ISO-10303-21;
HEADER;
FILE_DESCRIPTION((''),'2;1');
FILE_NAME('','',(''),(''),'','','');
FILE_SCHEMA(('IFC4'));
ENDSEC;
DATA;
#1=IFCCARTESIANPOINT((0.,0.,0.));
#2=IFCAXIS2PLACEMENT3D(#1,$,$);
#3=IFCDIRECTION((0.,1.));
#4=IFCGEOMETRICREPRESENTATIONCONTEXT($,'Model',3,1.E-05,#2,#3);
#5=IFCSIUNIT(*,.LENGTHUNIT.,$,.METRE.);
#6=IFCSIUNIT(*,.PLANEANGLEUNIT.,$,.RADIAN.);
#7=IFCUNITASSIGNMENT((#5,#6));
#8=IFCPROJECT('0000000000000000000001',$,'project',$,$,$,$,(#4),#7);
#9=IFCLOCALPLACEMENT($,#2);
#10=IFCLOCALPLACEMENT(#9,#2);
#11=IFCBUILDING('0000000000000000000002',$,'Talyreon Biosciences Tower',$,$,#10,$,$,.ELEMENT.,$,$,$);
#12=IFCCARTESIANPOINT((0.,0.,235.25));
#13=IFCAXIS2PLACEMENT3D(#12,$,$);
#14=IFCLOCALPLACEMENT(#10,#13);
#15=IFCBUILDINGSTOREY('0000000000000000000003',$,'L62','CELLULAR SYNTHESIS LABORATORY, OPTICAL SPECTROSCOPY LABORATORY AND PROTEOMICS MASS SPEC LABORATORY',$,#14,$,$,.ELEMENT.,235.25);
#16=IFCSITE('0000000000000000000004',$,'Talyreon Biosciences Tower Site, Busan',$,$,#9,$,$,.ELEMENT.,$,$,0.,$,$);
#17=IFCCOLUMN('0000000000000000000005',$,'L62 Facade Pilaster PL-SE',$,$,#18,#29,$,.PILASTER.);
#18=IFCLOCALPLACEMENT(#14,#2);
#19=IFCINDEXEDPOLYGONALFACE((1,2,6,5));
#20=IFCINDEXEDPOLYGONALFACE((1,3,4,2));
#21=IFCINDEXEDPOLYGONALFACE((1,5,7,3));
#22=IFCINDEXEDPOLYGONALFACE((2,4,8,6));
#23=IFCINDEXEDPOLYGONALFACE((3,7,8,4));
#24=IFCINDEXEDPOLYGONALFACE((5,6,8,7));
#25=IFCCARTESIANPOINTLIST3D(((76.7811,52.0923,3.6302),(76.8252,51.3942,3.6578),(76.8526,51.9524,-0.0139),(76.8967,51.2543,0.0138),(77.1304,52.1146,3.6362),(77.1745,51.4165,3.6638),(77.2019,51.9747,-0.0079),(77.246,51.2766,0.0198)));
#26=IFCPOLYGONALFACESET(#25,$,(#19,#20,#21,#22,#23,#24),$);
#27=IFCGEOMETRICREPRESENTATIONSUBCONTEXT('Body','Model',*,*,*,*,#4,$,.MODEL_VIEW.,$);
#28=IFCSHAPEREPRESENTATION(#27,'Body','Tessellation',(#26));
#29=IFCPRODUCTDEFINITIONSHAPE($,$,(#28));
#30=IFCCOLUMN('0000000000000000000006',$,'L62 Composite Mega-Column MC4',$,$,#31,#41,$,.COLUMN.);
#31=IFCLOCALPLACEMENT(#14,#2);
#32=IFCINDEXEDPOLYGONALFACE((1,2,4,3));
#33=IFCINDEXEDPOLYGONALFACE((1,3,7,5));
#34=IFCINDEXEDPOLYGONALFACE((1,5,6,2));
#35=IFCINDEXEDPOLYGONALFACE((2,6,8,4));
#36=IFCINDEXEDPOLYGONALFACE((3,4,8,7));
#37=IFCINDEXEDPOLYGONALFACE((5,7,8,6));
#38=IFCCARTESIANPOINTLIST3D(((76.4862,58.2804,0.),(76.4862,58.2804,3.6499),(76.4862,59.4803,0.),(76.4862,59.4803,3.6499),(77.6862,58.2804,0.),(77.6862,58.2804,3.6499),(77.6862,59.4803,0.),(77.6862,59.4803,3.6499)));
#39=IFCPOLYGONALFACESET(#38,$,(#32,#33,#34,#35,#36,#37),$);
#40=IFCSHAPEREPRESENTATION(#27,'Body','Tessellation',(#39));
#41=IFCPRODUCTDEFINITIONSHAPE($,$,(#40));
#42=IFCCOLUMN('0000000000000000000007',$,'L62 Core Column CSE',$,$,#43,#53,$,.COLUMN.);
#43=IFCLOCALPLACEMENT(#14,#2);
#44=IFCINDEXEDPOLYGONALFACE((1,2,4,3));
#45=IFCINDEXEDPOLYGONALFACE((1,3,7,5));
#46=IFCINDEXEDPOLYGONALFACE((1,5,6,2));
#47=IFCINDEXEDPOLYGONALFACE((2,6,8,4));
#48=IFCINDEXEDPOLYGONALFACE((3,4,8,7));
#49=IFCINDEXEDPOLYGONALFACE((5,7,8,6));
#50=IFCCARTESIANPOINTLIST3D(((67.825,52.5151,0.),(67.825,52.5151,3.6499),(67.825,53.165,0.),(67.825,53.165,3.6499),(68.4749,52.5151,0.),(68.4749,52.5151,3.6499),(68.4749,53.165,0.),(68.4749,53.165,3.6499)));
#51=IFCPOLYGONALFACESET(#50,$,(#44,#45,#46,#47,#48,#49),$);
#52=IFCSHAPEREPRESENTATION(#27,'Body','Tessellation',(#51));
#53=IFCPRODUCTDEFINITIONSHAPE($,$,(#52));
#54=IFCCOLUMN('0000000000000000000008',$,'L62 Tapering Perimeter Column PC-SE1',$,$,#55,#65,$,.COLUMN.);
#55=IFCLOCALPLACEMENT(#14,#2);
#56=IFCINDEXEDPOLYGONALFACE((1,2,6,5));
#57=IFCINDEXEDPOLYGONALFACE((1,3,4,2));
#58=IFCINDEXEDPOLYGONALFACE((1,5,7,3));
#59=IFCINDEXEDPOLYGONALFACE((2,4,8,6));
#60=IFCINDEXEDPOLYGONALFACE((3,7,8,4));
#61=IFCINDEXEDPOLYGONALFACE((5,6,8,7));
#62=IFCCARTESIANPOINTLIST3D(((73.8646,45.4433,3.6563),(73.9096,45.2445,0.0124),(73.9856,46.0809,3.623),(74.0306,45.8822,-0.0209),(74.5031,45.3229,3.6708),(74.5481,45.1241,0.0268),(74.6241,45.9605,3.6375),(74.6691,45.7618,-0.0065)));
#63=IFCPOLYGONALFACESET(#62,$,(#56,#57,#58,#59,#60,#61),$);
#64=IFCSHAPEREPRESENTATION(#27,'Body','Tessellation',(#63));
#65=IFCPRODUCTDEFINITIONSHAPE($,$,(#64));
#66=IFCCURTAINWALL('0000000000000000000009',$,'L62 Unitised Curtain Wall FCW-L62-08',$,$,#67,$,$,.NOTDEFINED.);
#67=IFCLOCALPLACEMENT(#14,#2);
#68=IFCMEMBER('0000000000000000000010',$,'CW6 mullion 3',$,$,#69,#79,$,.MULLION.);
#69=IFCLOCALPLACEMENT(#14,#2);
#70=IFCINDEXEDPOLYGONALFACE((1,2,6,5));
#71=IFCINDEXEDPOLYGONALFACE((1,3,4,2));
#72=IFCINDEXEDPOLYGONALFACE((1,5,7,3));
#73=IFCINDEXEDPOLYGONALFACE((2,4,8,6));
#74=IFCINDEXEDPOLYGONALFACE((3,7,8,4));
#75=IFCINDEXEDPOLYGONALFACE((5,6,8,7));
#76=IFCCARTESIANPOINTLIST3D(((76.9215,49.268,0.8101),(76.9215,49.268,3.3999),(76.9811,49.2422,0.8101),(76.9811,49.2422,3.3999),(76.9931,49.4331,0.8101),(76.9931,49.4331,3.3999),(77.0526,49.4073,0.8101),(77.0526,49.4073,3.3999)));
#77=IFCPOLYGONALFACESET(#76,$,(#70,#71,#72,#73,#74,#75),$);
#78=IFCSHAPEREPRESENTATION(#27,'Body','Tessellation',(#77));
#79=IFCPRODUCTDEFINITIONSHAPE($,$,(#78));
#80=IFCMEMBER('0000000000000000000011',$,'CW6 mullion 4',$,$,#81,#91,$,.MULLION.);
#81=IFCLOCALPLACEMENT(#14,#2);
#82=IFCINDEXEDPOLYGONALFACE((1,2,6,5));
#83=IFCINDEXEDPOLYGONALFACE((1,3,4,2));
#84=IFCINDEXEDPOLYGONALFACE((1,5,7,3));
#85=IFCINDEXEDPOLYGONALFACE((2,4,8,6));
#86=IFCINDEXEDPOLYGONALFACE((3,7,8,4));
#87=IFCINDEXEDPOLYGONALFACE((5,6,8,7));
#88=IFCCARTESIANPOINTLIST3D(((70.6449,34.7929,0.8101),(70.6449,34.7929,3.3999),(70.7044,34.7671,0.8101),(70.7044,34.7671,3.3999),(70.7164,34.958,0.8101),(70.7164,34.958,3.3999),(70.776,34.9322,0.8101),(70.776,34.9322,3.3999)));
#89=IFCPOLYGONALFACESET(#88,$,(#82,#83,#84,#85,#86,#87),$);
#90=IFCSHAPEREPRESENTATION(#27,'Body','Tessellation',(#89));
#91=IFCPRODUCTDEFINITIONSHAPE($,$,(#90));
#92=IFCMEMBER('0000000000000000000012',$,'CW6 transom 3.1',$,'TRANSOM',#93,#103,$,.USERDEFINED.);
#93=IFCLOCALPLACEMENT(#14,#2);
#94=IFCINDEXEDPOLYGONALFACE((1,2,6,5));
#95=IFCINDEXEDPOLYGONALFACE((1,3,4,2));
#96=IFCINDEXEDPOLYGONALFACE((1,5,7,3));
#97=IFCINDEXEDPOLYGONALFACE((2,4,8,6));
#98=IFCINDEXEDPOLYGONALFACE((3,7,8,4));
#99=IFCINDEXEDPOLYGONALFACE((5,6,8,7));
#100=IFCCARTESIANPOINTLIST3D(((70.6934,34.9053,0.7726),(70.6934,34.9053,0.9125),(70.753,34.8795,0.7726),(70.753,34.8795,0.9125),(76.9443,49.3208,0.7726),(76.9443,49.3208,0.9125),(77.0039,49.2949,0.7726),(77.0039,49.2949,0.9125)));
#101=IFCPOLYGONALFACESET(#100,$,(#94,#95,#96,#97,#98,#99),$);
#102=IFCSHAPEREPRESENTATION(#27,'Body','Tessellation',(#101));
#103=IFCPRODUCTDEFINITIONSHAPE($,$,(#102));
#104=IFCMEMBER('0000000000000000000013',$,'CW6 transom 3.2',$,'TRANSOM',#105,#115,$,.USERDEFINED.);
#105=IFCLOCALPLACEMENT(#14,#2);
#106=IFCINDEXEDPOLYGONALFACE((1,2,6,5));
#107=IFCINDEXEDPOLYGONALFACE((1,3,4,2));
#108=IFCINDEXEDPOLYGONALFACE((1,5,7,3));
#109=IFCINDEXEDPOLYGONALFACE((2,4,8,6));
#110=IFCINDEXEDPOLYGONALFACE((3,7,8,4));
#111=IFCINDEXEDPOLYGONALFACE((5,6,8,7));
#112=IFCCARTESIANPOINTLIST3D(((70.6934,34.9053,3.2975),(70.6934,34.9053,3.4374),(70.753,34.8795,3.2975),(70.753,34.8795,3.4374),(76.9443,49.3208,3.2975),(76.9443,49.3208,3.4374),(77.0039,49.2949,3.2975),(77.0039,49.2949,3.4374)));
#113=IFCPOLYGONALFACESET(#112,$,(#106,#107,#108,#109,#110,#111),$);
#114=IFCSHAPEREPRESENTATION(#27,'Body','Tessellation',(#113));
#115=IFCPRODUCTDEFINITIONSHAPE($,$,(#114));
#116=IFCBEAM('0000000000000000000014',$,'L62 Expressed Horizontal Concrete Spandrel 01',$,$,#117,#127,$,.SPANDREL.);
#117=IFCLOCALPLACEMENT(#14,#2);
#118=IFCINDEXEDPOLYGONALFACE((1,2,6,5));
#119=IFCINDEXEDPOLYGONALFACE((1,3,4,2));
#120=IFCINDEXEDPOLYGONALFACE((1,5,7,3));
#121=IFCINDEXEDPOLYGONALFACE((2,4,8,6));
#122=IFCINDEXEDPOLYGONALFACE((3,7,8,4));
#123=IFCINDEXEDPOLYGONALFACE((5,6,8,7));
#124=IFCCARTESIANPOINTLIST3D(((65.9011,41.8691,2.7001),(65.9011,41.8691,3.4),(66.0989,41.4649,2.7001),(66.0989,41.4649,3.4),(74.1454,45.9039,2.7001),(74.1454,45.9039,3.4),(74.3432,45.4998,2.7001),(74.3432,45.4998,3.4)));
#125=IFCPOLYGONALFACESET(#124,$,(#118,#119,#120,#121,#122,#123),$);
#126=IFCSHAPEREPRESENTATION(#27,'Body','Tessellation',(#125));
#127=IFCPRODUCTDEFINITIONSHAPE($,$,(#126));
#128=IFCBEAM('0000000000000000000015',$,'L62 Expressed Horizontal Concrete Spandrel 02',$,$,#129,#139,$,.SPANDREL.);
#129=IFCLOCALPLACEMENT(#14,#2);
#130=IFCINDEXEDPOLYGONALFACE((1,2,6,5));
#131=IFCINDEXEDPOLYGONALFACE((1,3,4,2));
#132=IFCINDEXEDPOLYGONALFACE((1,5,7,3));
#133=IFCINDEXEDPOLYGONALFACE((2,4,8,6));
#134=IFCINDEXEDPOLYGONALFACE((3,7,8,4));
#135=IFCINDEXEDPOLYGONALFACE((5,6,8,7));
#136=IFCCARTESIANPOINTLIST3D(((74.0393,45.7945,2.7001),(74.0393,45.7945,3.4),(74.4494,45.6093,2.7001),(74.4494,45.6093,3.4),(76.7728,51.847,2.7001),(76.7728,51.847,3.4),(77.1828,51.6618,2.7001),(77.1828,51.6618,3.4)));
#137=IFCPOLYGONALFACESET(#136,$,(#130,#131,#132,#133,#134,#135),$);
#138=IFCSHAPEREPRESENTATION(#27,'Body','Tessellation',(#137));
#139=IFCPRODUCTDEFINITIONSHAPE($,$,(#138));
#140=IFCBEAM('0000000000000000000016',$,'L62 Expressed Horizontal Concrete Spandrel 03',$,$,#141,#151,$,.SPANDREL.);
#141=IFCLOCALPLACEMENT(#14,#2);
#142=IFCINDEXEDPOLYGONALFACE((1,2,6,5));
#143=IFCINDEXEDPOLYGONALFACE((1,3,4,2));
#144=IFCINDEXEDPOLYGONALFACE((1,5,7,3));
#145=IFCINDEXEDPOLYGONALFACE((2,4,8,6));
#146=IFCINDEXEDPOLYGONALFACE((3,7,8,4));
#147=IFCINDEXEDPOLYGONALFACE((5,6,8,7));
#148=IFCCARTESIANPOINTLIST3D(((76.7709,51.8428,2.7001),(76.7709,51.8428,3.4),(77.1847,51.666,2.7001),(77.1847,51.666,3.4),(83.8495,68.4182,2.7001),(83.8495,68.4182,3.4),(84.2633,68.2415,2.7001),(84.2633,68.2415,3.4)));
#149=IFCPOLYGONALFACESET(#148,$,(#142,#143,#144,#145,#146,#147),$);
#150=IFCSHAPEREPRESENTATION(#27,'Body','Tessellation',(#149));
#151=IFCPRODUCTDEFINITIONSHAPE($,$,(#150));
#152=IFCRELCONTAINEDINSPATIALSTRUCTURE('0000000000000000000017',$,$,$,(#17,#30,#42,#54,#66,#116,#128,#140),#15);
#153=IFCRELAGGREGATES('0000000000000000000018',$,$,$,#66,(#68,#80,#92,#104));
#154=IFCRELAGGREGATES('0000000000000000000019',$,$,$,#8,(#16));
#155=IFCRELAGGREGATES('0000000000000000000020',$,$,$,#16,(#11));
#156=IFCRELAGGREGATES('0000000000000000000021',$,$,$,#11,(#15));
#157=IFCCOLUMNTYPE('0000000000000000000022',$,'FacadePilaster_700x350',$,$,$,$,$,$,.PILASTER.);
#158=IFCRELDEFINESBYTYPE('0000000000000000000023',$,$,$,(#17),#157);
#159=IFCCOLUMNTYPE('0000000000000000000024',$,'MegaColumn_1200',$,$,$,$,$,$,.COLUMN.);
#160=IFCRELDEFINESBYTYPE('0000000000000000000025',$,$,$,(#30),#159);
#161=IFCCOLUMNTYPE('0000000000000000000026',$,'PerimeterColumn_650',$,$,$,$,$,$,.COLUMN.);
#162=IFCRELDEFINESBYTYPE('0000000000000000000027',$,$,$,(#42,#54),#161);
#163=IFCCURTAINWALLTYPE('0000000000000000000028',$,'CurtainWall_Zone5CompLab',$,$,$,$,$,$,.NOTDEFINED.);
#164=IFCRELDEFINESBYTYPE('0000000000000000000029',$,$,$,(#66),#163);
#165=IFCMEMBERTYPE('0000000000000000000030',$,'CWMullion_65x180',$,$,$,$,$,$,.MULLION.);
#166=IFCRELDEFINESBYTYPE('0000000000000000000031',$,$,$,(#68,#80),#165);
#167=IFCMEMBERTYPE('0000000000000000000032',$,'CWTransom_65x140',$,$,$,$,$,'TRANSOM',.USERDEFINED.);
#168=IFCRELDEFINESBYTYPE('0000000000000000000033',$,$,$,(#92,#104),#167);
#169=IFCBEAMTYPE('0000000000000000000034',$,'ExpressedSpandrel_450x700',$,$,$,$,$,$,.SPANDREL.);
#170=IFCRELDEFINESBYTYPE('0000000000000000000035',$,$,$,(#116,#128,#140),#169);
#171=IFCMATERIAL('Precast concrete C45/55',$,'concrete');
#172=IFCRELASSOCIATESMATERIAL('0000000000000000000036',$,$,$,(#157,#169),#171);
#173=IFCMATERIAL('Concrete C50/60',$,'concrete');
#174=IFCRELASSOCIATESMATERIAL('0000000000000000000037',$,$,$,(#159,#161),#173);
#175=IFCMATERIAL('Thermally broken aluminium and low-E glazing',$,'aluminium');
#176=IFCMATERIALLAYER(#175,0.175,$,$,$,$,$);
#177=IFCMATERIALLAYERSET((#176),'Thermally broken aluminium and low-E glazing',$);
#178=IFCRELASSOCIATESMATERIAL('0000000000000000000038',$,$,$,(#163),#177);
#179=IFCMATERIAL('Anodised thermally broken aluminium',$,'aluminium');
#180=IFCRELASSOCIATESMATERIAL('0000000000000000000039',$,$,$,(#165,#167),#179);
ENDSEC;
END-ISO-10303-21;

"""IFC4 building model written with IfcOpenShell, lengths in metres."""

from ifc_helpers import new_model, si_unit, direction, frame, origin, origin_2d, place, context, subcontext, project, spatial, rectangle, extrude, material, layer, layer_set, material_profile, profile_set, type_object, element, aggregate, save


model = new_model("IFC4")

# Units and contexts
model_context = context("Model", 3, precision=1e-05, world=origin(), true_north=direction((0.0, 1.0)))
body_context = subcontext(model_context, "Body", "Model", "MODEL_VIEW")
ifc_project = project(units=[si_unit("LENGTHUNIT", "METRE"), si_unit("PLANEANGLEUNIT", "RADIAN")], contexts=[model_context])

# Site, building, storey
site_placement = place(None, origin())
site = spatial("IfcSite", under=ifc_project, at=site_placement, Name="Talyreon Biosciences Tower Site, Busan", CompositionType="ELEMENT", RefElevation=0.0)
building_placement = place(site_placement, origin())
building = spatial("IfcBuilding", under=site, at=building_placement, Name="Talyreon Biosciences Tower", CompositionType="ELEMENT")
storey_placement = place(building_placement, frame((0.0, 0.0, 235.25)))
storey = spatial("IfcBuildingStorey", under=building, at=storey_placement, Name="L62", Description="CELLULAR SYNTHESIS LABORATORY, OPTICAL SPECTROSCOPY LABORATORY AND PROTEOMICS MASS SPEC LABORATORY", CompositionType="ELEMENT", Elevation=235.25)

# Columns
ifc_material_1 = material(Name="Precast concrete C45/55", Category="concrete")
ifc_material_profile_1 = material_profile(ifc_material_1, rectangle(XDim=0.7, YDim=0.3501, at=origin_2d()), Name="RC 700x350")
ifc_profile_set_1 = profile_set([ifc_material_profile_1], Name="Precast concrete C45/55")
column_type_1 = type_object("IfcColumnType", Name="FacadePilaster_700x350", PredefinedType="PILASTER", material=ifc_profile_set_1)
column_1_placement = place(storey_placement, frame((77.0493, 51.6145, 0.0029), z_axis=(-0.019612, 0.038354, 0.999072), x_axis=(0.062989, -0.997231, 0.03952)))
element("IfcColumn", 1, at=column_1_placement, inside=storey, type_object=column_type_1, Name="L62 Facade Pilaster PL-SE", PredefinedType="PILASTER", context=body_context, shape_type="SweptSolid", body=[
    extrude(rectangle(XDim=0.7, YDim=0.3501, at=origin_2d()), origin(), (0.0, 0.0, 1.0), 3.6475),
])
ifc_material_2 = material(Name="Concrete C50/60", Category="concrete")
ifc_material_profile_2 = material_profile(ifc_material_2, rectangle(XDim=1.2, YDim=1.2, at=origin_2d()), Name="RC 1200x1200")
ifc_profile_set_2 = profile_set([ifc_material_profile_2], Name="Concrete C50/60")
column_type_2 = type_object("IfcColumnType", Name="MegaColumn_1200", PredefinedType="COLUMN", material=ifc_profile_set_2)
column_2_placement = place(storey_placement, frame((77.0862, 58.8804, 0.0), z_axis=(0.0, 0.0, 1.0), x_axis=(1.0, 0.0, 0.0)))
element("IfcColumn", 2, at=column_2_placement, inside=storey, type_object=column_type_2, Name="L62 Composite Mega-Column MC4", PredefinedType="COLUMN", context=body_context, shape_type="SweptSolid", body=[
    extrude(rectangle(XDim=1.2, YDim=1.2, at=origin_2d()), origin(), (0.0, 0.0, 1.0), 3.6499),
])
ifc_material_profile_3 = material_profile(ifc_material_2, rectangle(XDim=0.6499, YDim=0.6499, at=origin_2d()), Name="RC 650x650")
ifc_profile_set_3 = profile_set([ifc_material_profile_3], Name="Concrete C50/60")
column_type_3 = type_object("IfcColumnType", Name="PerimeterColumn_650", PredefinedType="COLUMN", material=ifc_profile_set_3)
column_3_placement = place(storey_placement, frame((68.1499, 52.8401, 0.0), z_axis=(0.0, 0.0, 1.0), x_axis=(1.0, 0.0, 0.0)))
element("IfcColumn", 3, at=column_3_placement, inside=storey, type_object=column_type_3, Name="L62 Core Column CSE", PredefinedType="COLUMN", context=body_context, shape_type="SweptSolid", body=[
    extrude(rectangle(XDim=0.6499, YDim=0.6499, at=origin_2d()), origin(), (0.0, 0.0, 1.0), 3.6499),
])
column_4_placement = place(storey_placement, frame((74.2893, 45.5032, 0.0029), z_axis=(-0.012308, 0.054451, 0.998441), x_axis=(-0.186182, -0.98118, 0.051214)))
element("IfcColumn", 4, at=column_4_placement, inside=storey, type_object=column_type_3, Name="L62 Tapering Perimeter Column PC-SE1", PredefinedType="COLUMN", context=body_context, shape_type="SweptSolid", body=[
    extrude(rectangle(XDim=0.6499, YDim=0.6499, at=origin_2d()), origin(), (0.0, 0.0, 1.0), 3.6497),
])

# Curtain wall, members
ifc_material_3 = material(Name="Thermally broken aluminium and low-E glazing", Category="aluminium")
ifc_layer_1 = layer(ifc_material_3, 0.175)
ifc_layer_set_1 = layer_set([ifc_layer_1], Name="Thermally broken aluminium and low-E glazing")
curtain_wall_type = type_object("IfcCurtainWallType", Name="CurtainWall_Zone5CompLab", PredefinedType="NOTDEFINED", material=ifc_layer_set_1)
curtain_wall_placement = place(storey_placement, origin())
curtain_wall = element("IfcCurtainWall", 5, at=curtain_wall_placement, inside=storey, type_object=curtain_wall_type, Name="L62 Unitised Curtain Wall FCW-L62-08", PredefinedType="NOTDEFINED")
ifc_material_4 = material(Name="Anodised thermally broken aluminium", Category="aluminium")
ifc_material_profile_4 = material_profile(ifc_material_4, rectangle(XDim=0.0649, YDim=0.1799, at=origin_2d()), Name="ALUM MULLION 65x180")
ifc_profile_set_4 = profile_set([ifc_material_profile_4], Name="Anodised thermally broken aluminium")
member_type_1 = type_object("IfcMemberType", Name="CWMullion_65x180", PredefinedType="MULLION", material=ifc_profile_set_4)
member_1_placement = place(storey_placement, frame((76.9871, 49.3376, 0.8101), z_axis=(0.0, 0.0, 1.0), x_axis=(0.917458, -0.397832, 0.0)))
member_1 = element("IfcMember", 6, at=member_1_placement, type_object=member_type_1, Name="CW6 mullion 3", PredefinedType="MULLION", context=body_context, shape_type="SweptSolid", body=[
    extrude(rectangle(XDim=0.0649, YDim=0.1799, at=origin_2d()), origin(), (0.0, 0.0, 1.0), 2.5898),
])
member_2_placement = place(storey_placement, frame((70.7104, 34.8625, 0.8101), z_axis=(0.0, 0.0, 1.0), x_axis=(0.917458, -0.397832, 0.0)))
member_2 = element("IfcMember", 7, at=member_2_placement, type_object=member_type_1, Name="CW6 mullion 4", PredefinedType="MULLION", context=body_context, shape_type="SweptSolid", body=[
    extrude(rectangle(XDim=0.0649, YDim=0.1799, at=origin_2d()), origin(), (0.0, 0.0, 1.0), 2.5898),
])
ifc_material_profile_5 = material_profile(ifc_material_4, rectangle(XDim=0.0649, YDim=0.1399, at=origin_2d()), Name="ALUM TRANSOM 65x140")
ifc_profile_set_5 = profile_set([ifc_material_profile_5], Name="Anodised thermally broken aluminium")
member_type_2 = type_object("IfcMemberType", Name="CWTransom_65x140", ElementType="TRANSOM", PredefinedType="USERDEFINED", material=ifc_profile_set_5)
member_3_placement = place(storey_placement, frame((76.9741, 49.3079, 0.8425), z_axis=(-0.397835, -0.917457, 0.0), x_axis=(0.917457, -0.397835, 0.0)))
member_3 = element("IfcMember", 8, at=member_3_placement, type_object=member_type_2, Name="CW6 transom 3.1", ObjectType="TRANSOM", PredefinedType="USERDEFINED", context=body_context, shape_type="SweptSolid", body=[
    extrude(rectangle(XDim=0.0649, YDim=0.1399, at=origin_2d()), origin(), (0.0, 0.0, 1.0), 15.7124),
])
member_4_placement = place(storey_placement, frame((76.9741, 49.3079, 3.3674), z_axis=(-0.397835, -0.917457, 0.0), x_axis=(0.917457, -0.397835, 0.0)))
member_4 = element("IfcMember", 9, at=member_4_placement, type_object=member_type_2, Name="CW6 transom 3.2", ObjectType="TRANSOM", PredefinedType="USERDEFINED", context=body_context, shape_type="SweptSolid", body=[
    extrude(rectangle(XDim=0.0649, YDim=0.1399, at=origin_2d()), origin(), (0.0, 0.0, 1.0), 15.7124),
])

# Beams
ifc_material_profile_6 = material_profile(ifc_material_1, rectangle(XDim=0.45, YDim=0.7, at=origin_2d()), Name="RCB 450x700")
ifc_profile_set_6 = profile_set([ifc_material_profile_6], Name="Precast concrete C45/55")
beam_type_1 = type_object("IfcBeamType", Name="ExpressedSpandrel_450x700", PredefinedType="SPANDREL", material=ifc_profile_set_6)
beam_1_placement = place(storey_placement, frame((66.0, 41.667, 3.05), z_axis=(0.898198, 0.43959, 0.0), x_axis=(-0.43959, 0.898198, 0.0)))
element("IfcBeam", 10, at=beam_1_placement, inside=storey, type_object=beam_type_1, Name="L62 Expressed Horizontal Concrete Spandrel 01", PredefinedType="SPANDREL", context=body_context, shape_type="SweptSolid", body=[
    extrude(rectangle(XDim=0.45, YDim=0.7, at=origin_2d()), origin(), (0.0, 0.0, 1.0), 9.1787),
])
beam_2_placement = place(storey_placement, frame((74.2444, 45.7019, 3.05), z_axis=(0.411589, 0.91137, 0.0), x_axis=(-0.91137, 0.411589, 0.0)))
element("IfcBeam", 11, at=beam_2_placement, inside=storey, type_object=beam_type_1, Name="L62 Expressed Horizontal Concrete Spandrel 02", PredefinedType="SPANDREL", context=body_context, shape_type="SweptSolid", body=[
    extrude(rectangle(XDim=0.45, YDim=0.7, at=origin_2d()), origin(), (0.0, 0.0, 1.0), 6.6411),
])
beam_3_placement = place(storey_placement, frame((76.9778, 51.7544, 3.05), z_axis=(0.39274, 0.919649, 0.0), x_axis=(-0.919649, 0.39274, 0.0)))
element("IfcBeam", 12, at=beam_3_placement, inside=storey, type_object=beam_type_1, Name="L62 Expressed Horizontal Concrete Spandrel 03", PredefinedType="SPANDREL", context=body_context, shape_type="SweptSolid", body=[
    extrude(rectangle(XDim=0.45, YDim=0.7, at=origin_2d()), origin(), (0.0, 0.0, 1.0), 18.0237),
])

aggregate(curtain_wall, [member_1, member_2, member_3, member_4])

save(model, "model.ifc")
